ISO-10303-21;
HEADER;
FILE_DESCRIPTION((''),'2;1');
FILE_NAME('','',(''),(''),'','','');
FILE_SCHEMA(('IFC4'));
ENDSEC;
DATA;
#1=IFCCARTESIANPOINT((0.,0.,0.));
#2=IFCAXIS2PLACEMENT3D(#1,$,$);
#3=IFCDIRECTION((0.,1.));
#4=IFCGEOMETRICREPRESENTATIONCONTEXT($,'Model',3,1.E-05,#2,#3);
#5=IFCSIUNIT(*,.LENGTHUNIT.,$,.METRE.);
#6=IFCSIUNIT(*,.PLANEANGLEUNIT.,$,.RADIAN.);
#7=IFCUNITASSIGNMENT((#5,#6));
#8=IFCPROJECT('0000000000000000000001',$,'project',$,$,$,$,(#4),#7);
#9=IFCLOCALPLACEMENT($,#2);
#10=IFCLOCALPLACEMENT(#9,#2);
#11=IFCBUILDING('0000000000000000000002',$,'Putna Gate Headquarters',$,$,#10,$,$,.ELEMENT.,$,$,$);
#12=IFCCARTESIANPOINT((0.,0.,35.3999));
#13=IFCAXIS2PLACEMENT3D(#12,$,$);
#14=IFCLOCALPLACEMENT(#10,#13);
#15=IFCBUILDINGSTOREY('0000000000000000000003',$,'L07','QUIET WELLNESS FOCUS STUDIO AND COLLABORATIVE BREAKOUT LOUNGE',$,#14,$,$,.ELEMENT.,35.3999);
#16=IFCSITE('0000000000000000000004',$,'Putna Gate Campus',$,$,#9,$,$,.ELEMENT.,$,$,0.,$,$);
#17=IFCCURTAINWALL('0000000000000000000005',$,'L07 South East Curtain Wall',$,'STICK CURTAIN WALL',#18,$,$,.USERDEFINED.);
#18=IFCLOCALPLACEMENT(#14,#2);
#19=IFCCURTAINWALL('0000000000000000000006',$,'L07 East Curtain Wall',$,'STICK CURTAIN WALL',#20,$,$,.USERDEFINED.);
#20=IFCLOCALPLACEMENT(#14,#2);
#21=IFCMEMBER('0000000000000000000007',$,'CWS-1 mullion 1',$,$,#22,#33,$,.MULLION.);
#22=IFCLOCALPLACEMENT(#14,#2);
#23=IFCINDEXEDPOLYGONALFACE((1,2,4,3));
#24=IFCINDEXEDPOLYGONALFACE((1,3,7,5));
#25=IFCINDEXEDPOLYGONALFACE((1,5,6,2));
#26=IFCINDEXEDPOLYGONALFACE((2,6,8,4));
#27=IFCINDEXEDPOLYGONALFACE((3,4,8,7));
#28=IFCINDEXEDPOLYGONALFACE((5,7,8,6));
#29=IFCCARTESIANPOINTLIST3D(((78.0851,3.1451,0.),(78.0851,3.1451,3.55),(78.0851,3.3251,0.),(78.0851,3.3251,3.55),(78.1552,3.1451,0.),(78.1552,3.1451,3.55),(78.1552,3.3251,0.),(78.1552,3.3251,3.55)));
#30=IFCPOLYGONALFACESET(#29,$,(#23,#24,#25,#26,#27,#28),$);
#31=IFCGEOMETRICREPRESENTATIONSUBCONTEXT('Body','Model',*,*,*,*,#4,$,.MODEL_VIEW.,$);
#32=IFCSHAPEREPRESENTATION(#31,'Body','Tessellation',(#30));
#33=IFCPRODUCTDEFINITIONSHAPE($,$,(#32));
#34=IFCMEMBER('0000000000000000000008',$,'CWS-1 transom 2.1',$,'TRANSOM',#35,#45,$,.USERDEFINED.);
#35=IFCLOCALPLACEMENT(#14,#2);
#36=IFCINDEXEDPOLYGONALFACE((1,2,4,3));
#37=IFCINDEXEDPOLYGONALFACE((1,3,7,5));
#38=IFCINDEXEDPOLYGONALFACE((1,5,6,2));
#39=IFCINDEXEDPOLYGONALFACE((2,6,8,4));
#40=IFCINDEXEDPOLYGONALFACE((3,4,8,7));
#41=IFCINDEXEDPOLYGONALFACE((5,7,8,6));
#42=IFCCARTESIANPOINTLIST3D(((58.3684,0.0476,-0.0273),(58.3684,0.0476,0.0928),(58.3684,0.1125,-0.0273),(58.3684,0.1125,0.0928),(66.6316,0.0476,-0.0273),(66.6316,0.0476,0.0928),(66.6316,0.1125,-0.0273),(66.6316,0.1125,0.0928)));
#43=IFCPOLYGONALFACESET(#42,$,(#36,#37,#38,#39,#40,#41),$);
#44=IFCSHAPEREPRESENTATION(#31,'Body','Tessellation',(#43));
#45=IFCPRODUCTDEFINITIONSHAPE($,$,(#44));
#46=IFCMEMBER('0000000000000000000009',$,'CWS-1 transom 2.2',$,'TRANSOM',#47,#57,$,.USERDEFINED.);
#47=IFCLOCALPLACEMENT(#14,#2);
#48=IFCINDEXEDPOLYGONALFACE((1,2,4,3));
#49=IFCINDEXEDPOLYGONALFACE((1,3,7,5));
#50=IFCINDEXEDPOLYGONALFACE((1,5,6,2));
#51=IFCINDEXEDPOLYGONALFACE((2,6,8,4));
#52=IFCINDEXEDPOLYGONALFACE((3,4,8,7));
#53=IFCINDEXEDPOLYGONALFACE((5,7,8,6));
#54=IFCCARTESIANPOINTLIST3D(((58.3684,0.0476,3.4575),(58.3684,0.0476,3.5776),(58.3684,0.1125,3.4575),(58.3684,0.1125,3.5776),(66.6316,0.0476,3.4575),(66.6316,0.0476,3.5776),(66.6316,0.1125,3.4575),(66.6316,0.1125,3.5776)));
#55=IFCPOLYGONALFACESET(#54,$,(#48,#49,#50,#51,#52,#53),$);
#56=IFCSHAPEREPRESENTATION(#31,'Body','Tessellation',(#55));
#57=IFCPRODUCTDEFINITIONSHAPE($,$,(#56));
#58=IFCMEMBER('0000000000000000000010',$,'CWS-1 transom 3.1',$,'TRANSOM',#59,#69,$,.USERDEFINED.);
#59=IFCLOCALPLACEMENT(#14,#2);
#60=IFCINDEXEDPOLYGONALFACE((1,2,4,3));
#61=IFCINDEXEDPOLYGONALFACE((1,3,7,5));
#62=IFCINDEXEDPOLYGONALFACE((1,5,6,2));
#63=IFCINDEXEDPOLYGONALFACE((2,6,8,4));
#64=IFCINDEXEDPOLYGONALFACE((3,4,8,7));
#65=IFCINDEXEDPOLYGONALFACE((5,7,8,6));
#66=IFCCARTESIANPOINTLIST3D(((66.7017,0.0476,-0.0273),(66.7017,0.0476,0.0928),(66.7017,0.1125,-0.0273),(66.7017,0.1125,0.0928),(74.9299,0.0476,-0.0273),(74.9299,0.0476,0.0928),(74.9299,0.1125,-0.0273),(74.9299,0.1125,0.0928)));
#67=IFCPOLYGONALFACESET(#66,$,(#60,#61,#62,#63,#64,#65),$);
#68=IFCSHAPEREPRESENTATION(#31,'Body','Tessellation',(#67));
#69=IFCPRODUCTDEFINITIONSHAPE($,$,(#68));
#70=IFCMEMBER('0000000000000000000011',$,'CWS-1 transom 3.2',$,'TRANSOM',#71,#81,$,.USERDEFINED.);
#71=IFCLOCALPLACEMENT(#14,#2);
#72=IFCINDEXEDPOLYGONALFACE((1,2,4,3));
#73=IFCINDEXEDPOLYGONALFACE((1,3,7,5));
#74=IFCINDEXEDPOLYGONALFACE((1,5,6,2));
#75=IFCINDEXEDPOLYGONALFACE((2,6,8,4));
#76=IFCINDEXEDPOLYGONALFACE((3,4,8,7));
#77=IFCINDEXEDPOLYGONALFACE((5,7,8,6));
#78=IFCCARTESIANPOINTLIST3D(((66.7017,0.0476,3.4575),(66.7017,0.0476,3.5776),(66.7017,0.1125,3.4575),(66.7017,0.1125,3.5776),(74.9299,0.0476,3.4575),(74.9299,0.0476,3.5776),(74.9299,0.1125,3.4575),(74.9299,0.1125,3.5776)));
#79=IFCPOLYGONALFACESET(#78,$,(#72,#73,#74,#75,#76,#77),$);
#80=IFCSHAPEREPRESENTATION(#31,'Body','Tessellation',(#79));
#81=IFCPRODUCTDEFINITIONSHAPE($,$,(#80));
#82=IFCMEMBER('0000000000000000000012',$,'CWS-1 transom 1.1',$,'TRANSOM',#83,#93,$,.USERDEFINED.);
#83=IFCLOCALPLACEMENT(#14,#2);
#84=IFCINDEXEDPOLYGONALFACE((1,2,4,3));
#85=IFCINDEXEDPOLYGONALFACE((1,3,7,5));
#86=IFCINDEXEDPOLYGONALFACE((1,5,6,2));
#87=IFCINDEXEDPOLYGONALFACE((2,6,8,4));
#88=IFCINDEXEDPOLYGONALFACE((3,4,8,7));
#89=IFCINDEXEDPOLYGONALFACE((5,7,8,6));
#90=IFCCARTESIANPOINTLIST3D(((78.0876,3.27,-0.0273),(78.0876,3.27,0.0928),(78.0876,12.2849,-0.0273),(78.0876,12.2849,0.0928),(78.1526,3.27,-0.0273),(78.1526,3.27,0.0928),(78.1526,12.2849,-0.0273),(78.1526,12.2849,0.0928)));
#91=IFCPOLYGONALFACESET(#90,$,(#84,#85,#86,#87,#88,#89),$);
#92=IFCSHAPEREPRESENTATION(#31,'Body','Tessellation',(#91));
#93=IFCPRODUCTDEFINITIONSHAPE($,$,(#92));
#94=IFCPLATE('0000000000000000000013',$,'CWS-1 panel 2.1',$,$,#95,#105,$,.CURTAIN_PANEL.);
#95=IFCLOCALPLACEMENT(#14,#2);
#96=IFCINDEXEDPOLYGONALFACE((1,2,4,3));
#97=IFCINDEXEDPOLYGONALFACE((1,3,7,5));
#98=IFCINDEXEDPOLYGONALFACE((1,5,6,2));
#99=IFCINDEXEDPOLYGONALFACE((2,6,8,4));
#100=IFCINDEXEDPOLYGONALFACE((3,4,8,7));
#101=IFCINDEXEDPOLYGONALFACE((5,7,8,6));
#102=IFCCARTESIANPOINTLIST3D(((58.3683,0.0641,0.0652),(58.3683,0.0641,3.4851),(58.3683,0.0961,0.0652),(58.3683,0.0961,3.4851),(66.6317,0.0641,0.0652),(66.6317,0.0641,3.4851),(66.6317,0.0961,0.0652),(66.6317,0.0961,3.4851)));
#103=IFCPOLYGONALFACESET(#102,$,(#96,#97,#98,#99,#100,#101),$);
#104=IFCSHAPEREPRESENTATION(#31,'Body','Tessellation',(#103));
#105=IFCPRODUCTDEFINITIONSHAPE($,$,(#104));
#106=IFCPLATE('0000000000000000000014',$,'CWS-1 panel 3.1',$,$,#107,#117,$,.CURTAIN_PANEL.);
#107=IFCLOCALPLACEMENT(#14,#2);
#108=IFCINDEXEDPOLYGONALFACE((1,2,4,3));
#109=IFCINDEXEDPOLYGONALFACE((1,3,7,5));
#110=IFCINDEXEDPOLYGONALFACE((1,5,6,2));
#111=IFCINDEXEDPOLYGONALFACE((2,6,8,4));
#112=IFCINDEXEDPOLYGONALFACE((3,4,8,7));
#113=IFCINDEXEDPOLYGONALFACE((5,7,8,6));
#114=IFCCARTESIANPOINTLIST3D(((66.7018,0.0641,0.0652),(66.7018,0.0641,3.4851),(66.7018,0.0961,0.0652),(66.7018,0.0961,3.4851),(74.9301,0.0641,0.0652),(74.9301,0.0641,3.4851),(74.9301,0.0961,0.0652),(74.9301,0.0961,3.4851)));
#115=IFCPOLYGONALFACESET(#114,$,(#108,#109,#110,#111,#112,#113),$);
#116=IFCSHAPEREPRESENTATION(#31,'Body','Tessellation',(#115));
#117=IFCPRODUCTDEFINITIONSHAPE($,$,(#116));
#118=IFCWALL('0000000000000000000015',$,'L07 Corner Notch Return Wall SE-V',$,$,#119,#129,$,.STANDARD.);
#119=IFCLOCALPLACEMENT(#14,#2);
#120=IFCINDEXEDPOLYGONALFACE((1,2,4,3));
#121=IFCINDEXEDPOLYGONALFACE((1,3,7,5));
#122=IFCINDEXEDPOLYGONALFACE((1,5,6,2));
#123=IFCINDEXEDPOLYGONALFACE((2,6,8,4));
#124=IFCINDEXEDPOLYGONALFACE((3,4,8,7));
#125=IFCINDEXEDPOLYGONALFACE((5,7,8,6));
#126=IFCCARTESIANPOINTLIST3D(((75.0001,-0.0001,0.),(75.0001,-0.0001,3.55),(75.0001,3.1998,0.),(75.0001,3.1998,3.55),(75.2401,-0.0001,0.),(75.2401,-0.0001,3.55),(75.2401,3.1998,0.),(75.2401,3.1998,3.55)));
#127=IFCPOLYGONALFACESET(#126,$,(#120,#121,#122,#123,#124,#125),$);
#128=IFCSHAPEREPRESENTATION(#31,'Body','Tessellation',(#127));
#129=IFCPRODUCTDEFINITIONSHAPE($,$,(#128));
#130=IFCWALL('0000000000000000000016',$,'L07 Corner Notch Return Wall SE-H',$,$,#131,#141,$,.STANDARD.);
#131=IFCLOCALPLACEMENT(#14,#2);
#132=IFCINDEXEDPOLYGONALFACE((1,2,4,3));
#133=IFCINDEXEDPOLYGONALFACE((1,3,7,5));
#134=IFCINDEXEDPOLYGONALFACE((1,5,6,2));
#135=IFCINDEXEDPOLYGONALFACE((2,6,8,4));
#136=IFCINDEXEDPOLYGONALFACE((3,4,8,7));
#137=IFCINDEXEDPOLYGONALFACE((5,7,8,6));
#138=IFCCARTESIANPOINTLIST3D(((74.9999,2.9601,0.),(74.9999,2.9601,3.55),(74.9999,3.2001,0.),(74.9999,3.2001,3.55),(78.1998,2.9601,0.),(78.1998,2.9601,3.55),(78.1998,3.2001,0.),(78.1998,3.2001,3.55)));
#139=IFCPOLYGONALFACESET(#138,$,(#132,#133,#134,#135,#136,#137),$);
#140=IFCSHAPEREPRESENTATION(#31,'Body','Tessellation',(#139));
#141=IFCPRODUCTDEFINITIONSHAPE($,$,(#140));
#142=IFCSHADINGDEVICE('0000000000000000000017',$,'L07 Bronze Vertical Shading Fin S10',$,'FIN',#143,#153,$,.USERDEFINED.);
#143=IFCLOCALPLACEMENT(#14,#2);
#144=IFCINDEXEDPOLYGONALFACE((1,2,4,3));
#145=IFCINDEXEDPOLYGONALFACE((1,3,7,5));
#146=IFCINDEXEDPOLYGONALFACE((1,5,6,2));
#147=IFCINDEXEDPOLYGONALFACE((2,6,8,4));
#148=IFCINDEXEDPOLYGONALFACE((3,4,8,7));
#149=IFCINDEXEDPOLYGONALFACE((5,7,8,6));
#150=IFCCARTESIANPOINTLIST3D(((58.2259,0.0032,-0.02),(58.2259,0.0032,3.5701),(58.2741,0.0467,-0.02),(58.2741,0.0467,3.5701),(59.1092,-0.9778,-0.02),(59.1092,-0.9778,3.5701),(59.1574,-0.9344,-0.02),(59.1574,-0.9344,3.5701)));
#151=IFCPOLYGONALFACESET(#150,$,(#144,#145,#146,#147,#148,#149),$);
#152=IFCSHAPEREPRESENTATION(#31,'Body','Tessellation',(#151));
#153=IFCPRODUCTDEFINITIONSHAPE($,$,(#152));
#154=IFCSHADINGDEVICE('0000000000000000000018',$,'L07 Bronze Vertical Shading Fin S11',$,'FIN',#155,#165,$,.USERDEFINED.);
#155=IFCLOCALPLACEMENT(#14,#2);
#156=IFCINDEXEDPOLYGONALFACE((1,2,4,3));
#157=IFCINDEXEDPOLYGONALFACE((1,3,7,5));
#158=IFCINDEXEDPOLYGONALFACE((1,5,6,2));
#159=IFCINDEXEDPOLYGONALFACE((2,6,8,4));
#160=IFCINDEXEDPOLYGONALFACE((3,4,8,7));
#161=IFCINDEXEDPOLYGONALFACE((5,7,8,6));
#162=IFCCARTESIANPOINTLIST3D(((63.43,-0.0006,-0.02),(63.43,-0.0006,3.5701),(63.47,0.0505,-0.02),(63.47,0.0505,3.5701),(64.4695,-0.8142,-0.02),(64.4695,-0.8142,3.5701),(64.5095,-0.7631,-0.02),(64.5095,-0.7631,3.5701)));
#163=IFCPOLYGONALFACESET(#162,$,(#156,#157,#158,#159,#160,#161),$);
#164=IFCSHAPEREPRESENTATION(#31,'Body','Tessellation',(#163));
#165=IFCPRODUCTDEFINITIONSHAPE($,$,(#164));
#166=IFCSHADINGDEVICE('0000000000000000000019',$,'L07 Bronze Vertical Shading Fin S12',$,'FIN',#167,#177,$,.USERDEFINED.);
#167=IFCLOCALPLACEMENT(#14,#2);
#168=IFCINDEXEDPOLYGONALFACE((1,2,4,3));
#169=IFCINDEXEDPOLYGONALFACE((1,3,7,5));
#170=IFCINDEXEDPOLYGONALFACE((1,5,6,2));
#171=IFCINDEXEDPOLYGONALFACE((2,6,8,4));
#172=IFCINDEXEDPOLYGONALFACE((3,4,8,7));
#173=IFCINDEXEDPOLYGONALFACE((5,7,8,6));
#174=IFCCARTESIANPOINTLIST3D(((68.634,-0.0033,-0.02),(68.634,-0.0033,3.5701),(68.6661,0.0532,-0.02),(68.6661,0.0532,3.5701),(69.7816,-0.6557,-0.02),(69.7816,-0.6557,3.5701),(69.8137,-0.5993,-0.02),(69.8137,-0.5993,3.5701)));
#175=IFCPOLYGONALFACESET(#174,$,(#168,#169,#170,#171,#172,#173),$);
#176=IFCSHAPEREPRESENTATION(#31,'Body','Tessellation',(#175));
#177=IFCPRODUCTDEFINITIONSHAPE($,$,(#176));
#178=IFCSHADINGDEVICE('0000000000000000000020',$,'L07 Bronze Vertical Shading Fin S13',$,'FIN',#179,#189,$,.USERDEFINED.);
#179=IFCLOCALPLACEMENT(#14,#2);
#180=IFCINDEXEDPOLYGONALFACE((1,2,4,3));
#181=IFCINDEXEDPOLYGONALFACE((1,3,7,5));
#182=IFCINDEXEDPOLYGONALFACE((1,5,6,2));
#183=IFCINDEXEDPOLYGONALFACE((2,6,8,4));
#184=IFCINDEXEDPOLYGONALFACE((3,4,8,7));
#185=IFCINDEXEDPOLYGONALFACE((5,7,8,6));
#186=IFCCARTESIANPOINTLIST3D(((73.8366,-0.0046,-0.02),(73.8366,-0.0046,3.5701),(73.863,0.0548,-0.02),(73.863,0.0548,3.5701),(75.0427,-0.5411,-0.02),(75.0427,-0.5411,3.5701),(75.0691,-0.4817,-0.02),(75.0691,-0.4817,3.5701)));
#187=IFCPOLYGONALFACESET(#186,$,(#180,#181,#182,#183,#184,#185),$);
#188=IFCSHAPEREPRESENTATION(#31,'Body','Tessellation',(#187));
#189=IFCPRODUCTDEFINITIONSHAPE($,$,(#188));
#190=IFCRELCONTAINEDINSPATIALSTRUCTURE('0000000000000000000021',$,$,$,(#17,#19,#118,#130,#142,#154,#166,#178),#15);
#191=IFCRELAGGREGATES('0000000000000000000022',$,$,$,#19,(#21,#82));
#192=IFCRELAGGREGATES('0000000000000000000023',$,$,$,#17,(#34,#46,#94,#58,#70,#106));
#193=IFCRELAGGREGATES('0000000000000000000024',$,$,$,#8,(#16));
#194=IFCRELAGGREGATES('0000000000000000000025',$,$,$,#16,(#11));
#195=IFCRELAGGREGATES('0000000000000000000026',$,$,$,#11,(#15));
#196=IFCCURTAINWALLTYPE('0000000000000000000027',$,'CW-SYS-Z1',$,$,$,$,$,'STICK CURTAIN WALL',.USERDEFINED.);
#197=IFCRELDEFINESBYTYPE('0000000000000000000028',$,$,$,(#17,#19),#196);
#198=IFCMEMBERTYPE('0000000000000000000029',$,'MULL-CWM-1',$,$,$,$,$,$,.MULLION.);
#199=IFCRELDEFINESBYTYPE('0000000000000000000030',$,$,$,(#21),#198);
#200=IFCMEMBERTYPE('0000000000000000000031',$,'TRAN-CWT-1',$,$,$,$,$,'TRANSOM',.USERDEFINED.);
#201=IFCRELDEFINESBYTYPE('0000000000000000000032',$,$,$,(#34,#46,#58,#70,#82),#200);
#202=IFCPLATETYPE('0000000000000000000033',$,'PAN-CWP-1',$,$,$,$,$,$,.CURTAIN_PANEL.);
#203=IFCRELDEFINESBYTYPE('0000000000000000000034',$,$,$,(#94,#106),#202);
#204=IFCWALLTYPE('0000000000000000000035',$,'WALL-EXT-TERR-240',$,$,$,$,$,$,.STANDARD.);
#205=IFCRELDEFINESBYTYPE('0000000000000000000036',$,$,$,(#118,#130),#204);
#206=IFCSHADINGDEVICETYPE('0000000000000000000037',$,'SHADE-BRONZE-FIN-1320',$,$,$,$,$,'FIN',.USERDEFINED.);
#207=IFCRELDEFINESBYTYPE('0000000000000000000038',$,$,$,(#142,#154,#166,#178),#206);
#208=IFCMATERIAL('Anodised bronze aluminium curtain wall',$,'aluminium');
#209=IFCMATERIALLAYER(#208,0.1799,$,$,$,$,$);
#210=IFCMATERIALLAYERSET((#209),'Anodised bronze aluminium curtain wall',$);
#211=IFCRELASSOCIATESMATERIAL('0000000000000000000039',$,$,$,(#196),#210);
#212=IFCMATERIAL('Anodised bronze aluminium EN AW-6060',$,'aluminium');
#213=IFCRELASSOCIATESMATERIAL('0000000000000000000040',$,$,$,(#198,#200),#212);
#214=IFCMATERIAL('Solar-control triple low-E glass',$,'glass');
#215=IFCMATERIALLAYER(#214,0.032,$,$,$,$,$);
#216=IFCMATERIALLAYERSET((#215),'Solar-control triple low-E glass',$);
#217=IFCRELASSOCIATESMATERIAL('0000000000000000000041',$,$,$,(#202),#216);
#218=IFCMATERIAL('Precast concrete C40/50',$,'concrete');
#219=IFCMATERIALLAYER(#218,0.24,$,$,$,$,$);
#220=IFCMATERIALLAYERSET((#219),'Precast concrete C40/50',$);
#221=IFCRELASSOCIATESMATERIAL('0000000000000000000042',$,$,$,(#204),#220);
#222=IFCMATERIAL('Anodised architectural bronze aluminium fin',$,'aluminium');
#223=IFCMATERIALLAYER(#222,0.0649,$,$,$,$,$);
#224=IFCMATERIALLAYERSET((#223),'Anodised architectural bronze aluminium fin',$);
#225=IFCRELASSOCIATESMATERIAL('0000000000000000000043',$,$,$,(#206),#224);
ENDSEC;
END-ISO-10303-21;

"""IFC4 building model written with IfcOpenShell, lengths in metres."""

from ifc_helpers import new_model, si_unit, direction, frame, frame_2d, origin, origin_2d, place, context, subcontext, project, spatial, rectangle, extrude, material, layer, layer_set, material_profile, profile_set, type_object, element, aggregate, save


model = new_model("IFC4")

# Units and contexts
model_context = context("Model", 3, precision=1e-05, world=origin(), true_north=direction((0.0, 1.0)))
body_context = subcontext(model_context, "Body", "Model", "MODEL_VIEW")
ifc_project = project(units=[si_unit("LENGTHUNIT", "METRE"), si_unit("PLANEANGLEUNIT", "RADIAN")], contexts=[model_context])

# Site, building, storey
site_placement = place(None, origin())
site = spatial("IfcSite", under=ifc_project, at=site_placement, Name="Putna Gate Campus", CompositionType="ELEMENT", RefElevation=0.0)
building_placement = place(site_placement, origin())
building = spatial("IfcBuilding", under=site, at=building_placement, Name="Putna Gate Headquarters", CompositionType="ELEMENT")
storey_placement = place(building_placement, frame((0.0, 0.0, 35.3999)))
storey = spatial("IfcBuildingStorey", under=building, at=storey_placement, Name="L07", Description="QUIET WELLNESS FOCUS STUDIO AND COLLABORATIVE BREAKOUT LOUNGE", CompositionType="ELEMENT", Elevation=35.3999)

# Curtain wall
ifc_material_1 = material(Name="Anodised bronze aluminium curtain wall", Category="aluminium")
ifc_layer_1 = layer(ifc_material_1, 0.1799)
ifc_layer_set_1 = layer_set([ifc_layer_1], Name="Anodised bronze aluminium curtain wall")
curtain_wall_type = type_object("IfcCurtainWallType", Name="CW-SYS-Z1", ElementType="STICK CURTAIN WALL", PredefinedType="USERDEFINED", material=ifc_layer_set_1)
curtain_wall_1_placement = place(storey_placement, origin())
curtain_wall_1 = element("IfcCurtainWall", 1, at=curtain_wall_1_placement, inside=storey, type_object=curtain_wall_type, Name="L07 South East Curtain Wall", ObjectType="STICK CURTAIN WALL", PredefinedType="USERDEFINED")
ifc_material_2 = material(Name="Anodised bronze aluminium EN AW-6060", Category="aluminium")
ifc_material_profile_1 = material_profile(ifc_material_2, rectangle(XDim=0.0701, YDim=0.1799, at=origin_2d()), Name="Anodised bronze aluminium EN AW-6060")
ifc_profile_set_1 = profile_set([ifc_material_profile_1], Name="Anodised bronze aluminium EN AW-6060")
member_type_1 = type_object("IfcMemberType", Name="MULL-CWM-1", PredefinedType="MULLION", material=ifc_profile_set_1)

# Curtain wall, member
curtain_wall_2_placement = place(storey_placement, origin())
curtain_wall_2 = element("IfcCurtainWall", 2, at=curtain_wall_2_placement, inside=storey, type_object=curtain_wall_type, Name="L07 East Curtain Wall", ObjectType="STICK CURTAIN WALL", PredefinedType="USERDEFINED")
member_1_placement = place(storey_placement, frame((78.1201, 3.2351, 0.0), z_axis=(0.0, 0.0, 1.0), x_axis=(-1.0, 0.0, 0.0)))
member_1 = element("IfcMember", 3, at=member_1_placement, type_object=member_type_1, Name="CWS-1 mullion 1", PredefinedType="MULLION", context=body_context, shape_type="SweptSolid", body=[
    extrude(rectangle(XDim=0.0701, YDim=0.1799, at=origin_2d()), origin(), (0.0, 0.0, 1.0), 3.55),
])

# Members
ifc_material_profile_2 = material_profile(ifc_material_2, rectangle(XDim=0.0649, YDim=0.1201, at=origin_2d()), Name="Anodised bronze aluminium EN AW-6060")
ifc_profile_set_2 = profile_set([ifc_material_profile_2], Name="Anodised bronze aluminium EN AW-6060")
member_type_2 = type_object("IfcMemberType", Name="TRAN-CWT-1", ElementType="TRANSOM", PredefinedType="USERDEFINED", material=ifc_profile_set_2)
member_2_placement = place(storey_placement, frame((58.3684, 0.0801, 0.0327), z_axis=(1.0, 0.0, 0.0), x_axis=(0.0, 1.0, 0.0)))
member_2 = element("IfcMember", 4, at=member_2_placement, type_object=member_type_2, Name="CWS-1 transom 2.1", ObjectType="TRANSOM", PredefinedType="USERDEFINED", context=body_context, shape_type="SweptSolid", body=[
    extrude(rectangle(XDim=0.0649, YDim=0.1201, at=origin_2d()), origin(), (0.0, 0.0, 1.0), 8.2632),
])
member_3_placement = place(storey_placement, frame((58.3684, 0.0801, 3.5176), z_axis=(1.0, 0.0, 0.0), x_axis=(0.0, 1.0, 0.0)))
member_3 = element("IfcMember", 5, at=member_3_placement, type_object=member_type_2, Name="CWS-1 transom 2.2", ObjectType="TRANSOM", PredefinedType="USERDEFINED", context=body_context, shape_type="SweptSolid", body=[
    extrude(rectangle(XDim=0.0649, YDim=0.1201, at=origin_2d()), origin(), (0.0, 0.0, 1.0), 8.2632),
])
member_4_placement = place(storey_placement, frame((66.7017, 0.0801, 0.0327), z_axis=(1.0, 0.0, 0.0), x_axis=(0.0, 1.0, 0.0)))
member_4 = element("IfcMember", 6, at=member_4_placement, type_object=member_type_2, Name="CWS-1 transom 3.1", ObjectType="TRANSOM", PredefinedType="USERDEFINED", context=body_context, shape_type="SweptSolid", body=[
    extrude(rectangle(XDim=0.0649, YDim=0.1201, at=origin_2d()), origin(), (0.0, 0.0, 1.0), 8.2283),
])
member_5_placement = place(storey_placement, frame((66.7017, 0.0801, 3.5176), z_axis=(1.0, 0.0, 0.0), x_axis=(0.0, 1.0, 0.0)))
member_5 = element("IfcMember", 7, at=member_5_placement, type_object=member_type_2, Name="CWS-1 transom 3.2", ObjectType="TRANSOM", PredefinedType="USERDEFINED", context=body_context, shape_type="SweptSolid", body=[
    extrude(rectangle(XDim=0.0649, YDim=0.1201, at=origin_2d()), origin(), (0.0, 0.0, 1.0), 8.2283),
])
member_6_placement = place(storey_placement, frame((78.1201, 3.27, 0.0327), z_axis=(0.0, 1.0, 0.0), x_axis=(-1.0, 0.0, 0.0)))
member_6 = element("IfcMember", 8, at=member_6_placement, type_object=member_type_2, Name="CWS-1 transom 1.1", ObjectType="TRANSOM", PredefinedType="USERDEFINED", context=body_context, shape_type="SweptSolid", body=[
    extrude(rectangle(XDim=0.0649, YDim=0.1201, at=origin_2d()), origin(), (0.0, 0.0, 1.0), 9.0149),
])
aggregate(curtain_wall_2, [member_1, member_6])

# Plates
ifc_material_3 = material(Name="Solar-control triple low-E glass", Category="glass")
ifc_layer_2 = layer(ifc_material_3, 0.032)
ifc_layer_set_2 = layer_set([ifc_layer_2], Name="Solar-control triple low-E glass")
plate_type = type_object("IfcPlateType", Name="PAN-CWP-1", PredefinedType="CURTAIN_PANEL", material=ifc_layer_set_2)
plate_1_placement = place(storey_placement, frame((62.5, 0.0801, 0.0652), z_axis=(0.0, 0.0, 1.0), x_axis=(1.0, 0.0, 0.0)))
plate_1 = element("IfcPlate", 9, at=plate_1_placement, type_object=plate_type, Name="CWS-1 panel 2.1", PredefinedType="CURTAIN_PANEL", context=body_context, shape_type="SweptSolid", body=[
    extrude(rectangle(XDim=8.2634, YDim=0.032, at=origin_2d()), origin(), (0.0, 0.0, 1.0), 3.4199),
])
plate_2_placement = place(storey_placement, frame((70.8159, 0.0801, 0.0652), z_axis=(0.0, 0.0, 1.0), x_axis=(1.0, 0.0, 0.0)))
plate_2 = element("IfcPlate", 10, at=plate_2_placement, type_object=plate_type, Name="CWS-1 panel 3.1", PredefinedType="CURTAIN_PANEL", context=body_context, shape_type="SweptSolid", body=[
    extrude(rectangle(XDim=8.2283, YDim=0.032, at=origin_2d()), origin(), (0.0, 0.0, 1.0), 3.4199),
])
aggregate(curtain_wall_1, [member_2, member_3, plate_1, member_4, member_5, plate_2])

# Walls
ifc_material_4 = material(Name="Precast concrete C40/50", Category="concrete")
ifc_layer_3 = layer(ifc_material_4, 0.24)
ifc_layer_set_3 = layer_set([ifc_layer_3], Name="Precast concrete C40/50")
wall_type = type_object("IfcWallType", Name="WALL-EXT-TERR-240", PredefinedType="STANDARD", material=ifc_layer_set_3)
for number, where, z_axis, x_axis, name in (
    (11, (75.1201, 3.2, 0.0), (0.0, 0.0, 1.0), (0.0, -1.0, 0.0), "L07 Corner Notch Return Wall SE-V"),
    (12, (78.2, 3.0801, 0.0), (0.0, 0.0, 1.0), (-1.0, 0.0, 0.0), "L07 Corner Notch Return Wall SE-H"),
):
    element("IfcWall", number, at=place(storey_placement, frame(where, z_axis=z_axis, x_axis=x_axis)), inside=storey, type_object=wall_type, Name=name, PredefinedType="STANDARD", context=body_context, shape_type="SweptSolid", body=[
        extrude(rectangle(XDim=3.2, YDim=0.24, at=frame_2d((1.6001, 0.0))), origin(), (0.0, 0.0, 1.0), 3.55),
    ])

# Shading devices
ifc_material_5 = material(Name="Anodised architectural bronze aluminium fin", Category="aluminium")
ifc_layer_4 = layer(ifc_material_5, 0.0649)
ifc_layer_set_4 = layer_set([ifc_layer_4], Name="Anodised architectural bronze aluminium fin")
shading_device_type = type_object("IfcShadingDeviceType", Name="SHADE-BRONZE-FIN-1320", ElementType="FIN", PredefinedType="USERDEFINED", material=ifc_layer_set_4)
for number, where, z_axis, x_axis, name in (
    (13, (58.6917, -0.4656, -0.02), (0.0, 0.0, 1.0), (0.669131, -0.743145, 0.0), "L07 Bronze Vertical Shading Fin S10"),
    (14, (63.9697, -0.3818, -0.02), (0.0, 0.0, 1.0), (0.787473, -0.616349, 0.0), "L07 Bronze Vertical Shading Fin S11"),
    (15, (69.2239, -0.3013, -0.02), (0.0, 0.0, 1.0), (0.869322, -0.494245, 0.0), "L07 Bronze Vertical Shading Fin S12"),
    (16, (74.4529, -0.2432, -0.02), (0.0, 0.0, 1.0), (0.913687, -0.406418, 0.0), "L07 Bronze Vertical Shading Fin S13"),
):
    element("IfcShadingDevice", number, at=place(storey_placement, frame(where, z_axis=z_axis, x_axis=x_axis)), inside=storey, type_object=shading_device_type, Name=name, ObjectType="FIN", PredefinedType="USERDEFINED", context=body_context, shape_type="SweptSolid", body=[
        extrude(rectangle(XDim=1.3201, YDim=0.0649, at=origin_2d()), origin(), (0.0, 0.0, 1.0), 3.5901),
    ])

save(model, "model.ifc")
